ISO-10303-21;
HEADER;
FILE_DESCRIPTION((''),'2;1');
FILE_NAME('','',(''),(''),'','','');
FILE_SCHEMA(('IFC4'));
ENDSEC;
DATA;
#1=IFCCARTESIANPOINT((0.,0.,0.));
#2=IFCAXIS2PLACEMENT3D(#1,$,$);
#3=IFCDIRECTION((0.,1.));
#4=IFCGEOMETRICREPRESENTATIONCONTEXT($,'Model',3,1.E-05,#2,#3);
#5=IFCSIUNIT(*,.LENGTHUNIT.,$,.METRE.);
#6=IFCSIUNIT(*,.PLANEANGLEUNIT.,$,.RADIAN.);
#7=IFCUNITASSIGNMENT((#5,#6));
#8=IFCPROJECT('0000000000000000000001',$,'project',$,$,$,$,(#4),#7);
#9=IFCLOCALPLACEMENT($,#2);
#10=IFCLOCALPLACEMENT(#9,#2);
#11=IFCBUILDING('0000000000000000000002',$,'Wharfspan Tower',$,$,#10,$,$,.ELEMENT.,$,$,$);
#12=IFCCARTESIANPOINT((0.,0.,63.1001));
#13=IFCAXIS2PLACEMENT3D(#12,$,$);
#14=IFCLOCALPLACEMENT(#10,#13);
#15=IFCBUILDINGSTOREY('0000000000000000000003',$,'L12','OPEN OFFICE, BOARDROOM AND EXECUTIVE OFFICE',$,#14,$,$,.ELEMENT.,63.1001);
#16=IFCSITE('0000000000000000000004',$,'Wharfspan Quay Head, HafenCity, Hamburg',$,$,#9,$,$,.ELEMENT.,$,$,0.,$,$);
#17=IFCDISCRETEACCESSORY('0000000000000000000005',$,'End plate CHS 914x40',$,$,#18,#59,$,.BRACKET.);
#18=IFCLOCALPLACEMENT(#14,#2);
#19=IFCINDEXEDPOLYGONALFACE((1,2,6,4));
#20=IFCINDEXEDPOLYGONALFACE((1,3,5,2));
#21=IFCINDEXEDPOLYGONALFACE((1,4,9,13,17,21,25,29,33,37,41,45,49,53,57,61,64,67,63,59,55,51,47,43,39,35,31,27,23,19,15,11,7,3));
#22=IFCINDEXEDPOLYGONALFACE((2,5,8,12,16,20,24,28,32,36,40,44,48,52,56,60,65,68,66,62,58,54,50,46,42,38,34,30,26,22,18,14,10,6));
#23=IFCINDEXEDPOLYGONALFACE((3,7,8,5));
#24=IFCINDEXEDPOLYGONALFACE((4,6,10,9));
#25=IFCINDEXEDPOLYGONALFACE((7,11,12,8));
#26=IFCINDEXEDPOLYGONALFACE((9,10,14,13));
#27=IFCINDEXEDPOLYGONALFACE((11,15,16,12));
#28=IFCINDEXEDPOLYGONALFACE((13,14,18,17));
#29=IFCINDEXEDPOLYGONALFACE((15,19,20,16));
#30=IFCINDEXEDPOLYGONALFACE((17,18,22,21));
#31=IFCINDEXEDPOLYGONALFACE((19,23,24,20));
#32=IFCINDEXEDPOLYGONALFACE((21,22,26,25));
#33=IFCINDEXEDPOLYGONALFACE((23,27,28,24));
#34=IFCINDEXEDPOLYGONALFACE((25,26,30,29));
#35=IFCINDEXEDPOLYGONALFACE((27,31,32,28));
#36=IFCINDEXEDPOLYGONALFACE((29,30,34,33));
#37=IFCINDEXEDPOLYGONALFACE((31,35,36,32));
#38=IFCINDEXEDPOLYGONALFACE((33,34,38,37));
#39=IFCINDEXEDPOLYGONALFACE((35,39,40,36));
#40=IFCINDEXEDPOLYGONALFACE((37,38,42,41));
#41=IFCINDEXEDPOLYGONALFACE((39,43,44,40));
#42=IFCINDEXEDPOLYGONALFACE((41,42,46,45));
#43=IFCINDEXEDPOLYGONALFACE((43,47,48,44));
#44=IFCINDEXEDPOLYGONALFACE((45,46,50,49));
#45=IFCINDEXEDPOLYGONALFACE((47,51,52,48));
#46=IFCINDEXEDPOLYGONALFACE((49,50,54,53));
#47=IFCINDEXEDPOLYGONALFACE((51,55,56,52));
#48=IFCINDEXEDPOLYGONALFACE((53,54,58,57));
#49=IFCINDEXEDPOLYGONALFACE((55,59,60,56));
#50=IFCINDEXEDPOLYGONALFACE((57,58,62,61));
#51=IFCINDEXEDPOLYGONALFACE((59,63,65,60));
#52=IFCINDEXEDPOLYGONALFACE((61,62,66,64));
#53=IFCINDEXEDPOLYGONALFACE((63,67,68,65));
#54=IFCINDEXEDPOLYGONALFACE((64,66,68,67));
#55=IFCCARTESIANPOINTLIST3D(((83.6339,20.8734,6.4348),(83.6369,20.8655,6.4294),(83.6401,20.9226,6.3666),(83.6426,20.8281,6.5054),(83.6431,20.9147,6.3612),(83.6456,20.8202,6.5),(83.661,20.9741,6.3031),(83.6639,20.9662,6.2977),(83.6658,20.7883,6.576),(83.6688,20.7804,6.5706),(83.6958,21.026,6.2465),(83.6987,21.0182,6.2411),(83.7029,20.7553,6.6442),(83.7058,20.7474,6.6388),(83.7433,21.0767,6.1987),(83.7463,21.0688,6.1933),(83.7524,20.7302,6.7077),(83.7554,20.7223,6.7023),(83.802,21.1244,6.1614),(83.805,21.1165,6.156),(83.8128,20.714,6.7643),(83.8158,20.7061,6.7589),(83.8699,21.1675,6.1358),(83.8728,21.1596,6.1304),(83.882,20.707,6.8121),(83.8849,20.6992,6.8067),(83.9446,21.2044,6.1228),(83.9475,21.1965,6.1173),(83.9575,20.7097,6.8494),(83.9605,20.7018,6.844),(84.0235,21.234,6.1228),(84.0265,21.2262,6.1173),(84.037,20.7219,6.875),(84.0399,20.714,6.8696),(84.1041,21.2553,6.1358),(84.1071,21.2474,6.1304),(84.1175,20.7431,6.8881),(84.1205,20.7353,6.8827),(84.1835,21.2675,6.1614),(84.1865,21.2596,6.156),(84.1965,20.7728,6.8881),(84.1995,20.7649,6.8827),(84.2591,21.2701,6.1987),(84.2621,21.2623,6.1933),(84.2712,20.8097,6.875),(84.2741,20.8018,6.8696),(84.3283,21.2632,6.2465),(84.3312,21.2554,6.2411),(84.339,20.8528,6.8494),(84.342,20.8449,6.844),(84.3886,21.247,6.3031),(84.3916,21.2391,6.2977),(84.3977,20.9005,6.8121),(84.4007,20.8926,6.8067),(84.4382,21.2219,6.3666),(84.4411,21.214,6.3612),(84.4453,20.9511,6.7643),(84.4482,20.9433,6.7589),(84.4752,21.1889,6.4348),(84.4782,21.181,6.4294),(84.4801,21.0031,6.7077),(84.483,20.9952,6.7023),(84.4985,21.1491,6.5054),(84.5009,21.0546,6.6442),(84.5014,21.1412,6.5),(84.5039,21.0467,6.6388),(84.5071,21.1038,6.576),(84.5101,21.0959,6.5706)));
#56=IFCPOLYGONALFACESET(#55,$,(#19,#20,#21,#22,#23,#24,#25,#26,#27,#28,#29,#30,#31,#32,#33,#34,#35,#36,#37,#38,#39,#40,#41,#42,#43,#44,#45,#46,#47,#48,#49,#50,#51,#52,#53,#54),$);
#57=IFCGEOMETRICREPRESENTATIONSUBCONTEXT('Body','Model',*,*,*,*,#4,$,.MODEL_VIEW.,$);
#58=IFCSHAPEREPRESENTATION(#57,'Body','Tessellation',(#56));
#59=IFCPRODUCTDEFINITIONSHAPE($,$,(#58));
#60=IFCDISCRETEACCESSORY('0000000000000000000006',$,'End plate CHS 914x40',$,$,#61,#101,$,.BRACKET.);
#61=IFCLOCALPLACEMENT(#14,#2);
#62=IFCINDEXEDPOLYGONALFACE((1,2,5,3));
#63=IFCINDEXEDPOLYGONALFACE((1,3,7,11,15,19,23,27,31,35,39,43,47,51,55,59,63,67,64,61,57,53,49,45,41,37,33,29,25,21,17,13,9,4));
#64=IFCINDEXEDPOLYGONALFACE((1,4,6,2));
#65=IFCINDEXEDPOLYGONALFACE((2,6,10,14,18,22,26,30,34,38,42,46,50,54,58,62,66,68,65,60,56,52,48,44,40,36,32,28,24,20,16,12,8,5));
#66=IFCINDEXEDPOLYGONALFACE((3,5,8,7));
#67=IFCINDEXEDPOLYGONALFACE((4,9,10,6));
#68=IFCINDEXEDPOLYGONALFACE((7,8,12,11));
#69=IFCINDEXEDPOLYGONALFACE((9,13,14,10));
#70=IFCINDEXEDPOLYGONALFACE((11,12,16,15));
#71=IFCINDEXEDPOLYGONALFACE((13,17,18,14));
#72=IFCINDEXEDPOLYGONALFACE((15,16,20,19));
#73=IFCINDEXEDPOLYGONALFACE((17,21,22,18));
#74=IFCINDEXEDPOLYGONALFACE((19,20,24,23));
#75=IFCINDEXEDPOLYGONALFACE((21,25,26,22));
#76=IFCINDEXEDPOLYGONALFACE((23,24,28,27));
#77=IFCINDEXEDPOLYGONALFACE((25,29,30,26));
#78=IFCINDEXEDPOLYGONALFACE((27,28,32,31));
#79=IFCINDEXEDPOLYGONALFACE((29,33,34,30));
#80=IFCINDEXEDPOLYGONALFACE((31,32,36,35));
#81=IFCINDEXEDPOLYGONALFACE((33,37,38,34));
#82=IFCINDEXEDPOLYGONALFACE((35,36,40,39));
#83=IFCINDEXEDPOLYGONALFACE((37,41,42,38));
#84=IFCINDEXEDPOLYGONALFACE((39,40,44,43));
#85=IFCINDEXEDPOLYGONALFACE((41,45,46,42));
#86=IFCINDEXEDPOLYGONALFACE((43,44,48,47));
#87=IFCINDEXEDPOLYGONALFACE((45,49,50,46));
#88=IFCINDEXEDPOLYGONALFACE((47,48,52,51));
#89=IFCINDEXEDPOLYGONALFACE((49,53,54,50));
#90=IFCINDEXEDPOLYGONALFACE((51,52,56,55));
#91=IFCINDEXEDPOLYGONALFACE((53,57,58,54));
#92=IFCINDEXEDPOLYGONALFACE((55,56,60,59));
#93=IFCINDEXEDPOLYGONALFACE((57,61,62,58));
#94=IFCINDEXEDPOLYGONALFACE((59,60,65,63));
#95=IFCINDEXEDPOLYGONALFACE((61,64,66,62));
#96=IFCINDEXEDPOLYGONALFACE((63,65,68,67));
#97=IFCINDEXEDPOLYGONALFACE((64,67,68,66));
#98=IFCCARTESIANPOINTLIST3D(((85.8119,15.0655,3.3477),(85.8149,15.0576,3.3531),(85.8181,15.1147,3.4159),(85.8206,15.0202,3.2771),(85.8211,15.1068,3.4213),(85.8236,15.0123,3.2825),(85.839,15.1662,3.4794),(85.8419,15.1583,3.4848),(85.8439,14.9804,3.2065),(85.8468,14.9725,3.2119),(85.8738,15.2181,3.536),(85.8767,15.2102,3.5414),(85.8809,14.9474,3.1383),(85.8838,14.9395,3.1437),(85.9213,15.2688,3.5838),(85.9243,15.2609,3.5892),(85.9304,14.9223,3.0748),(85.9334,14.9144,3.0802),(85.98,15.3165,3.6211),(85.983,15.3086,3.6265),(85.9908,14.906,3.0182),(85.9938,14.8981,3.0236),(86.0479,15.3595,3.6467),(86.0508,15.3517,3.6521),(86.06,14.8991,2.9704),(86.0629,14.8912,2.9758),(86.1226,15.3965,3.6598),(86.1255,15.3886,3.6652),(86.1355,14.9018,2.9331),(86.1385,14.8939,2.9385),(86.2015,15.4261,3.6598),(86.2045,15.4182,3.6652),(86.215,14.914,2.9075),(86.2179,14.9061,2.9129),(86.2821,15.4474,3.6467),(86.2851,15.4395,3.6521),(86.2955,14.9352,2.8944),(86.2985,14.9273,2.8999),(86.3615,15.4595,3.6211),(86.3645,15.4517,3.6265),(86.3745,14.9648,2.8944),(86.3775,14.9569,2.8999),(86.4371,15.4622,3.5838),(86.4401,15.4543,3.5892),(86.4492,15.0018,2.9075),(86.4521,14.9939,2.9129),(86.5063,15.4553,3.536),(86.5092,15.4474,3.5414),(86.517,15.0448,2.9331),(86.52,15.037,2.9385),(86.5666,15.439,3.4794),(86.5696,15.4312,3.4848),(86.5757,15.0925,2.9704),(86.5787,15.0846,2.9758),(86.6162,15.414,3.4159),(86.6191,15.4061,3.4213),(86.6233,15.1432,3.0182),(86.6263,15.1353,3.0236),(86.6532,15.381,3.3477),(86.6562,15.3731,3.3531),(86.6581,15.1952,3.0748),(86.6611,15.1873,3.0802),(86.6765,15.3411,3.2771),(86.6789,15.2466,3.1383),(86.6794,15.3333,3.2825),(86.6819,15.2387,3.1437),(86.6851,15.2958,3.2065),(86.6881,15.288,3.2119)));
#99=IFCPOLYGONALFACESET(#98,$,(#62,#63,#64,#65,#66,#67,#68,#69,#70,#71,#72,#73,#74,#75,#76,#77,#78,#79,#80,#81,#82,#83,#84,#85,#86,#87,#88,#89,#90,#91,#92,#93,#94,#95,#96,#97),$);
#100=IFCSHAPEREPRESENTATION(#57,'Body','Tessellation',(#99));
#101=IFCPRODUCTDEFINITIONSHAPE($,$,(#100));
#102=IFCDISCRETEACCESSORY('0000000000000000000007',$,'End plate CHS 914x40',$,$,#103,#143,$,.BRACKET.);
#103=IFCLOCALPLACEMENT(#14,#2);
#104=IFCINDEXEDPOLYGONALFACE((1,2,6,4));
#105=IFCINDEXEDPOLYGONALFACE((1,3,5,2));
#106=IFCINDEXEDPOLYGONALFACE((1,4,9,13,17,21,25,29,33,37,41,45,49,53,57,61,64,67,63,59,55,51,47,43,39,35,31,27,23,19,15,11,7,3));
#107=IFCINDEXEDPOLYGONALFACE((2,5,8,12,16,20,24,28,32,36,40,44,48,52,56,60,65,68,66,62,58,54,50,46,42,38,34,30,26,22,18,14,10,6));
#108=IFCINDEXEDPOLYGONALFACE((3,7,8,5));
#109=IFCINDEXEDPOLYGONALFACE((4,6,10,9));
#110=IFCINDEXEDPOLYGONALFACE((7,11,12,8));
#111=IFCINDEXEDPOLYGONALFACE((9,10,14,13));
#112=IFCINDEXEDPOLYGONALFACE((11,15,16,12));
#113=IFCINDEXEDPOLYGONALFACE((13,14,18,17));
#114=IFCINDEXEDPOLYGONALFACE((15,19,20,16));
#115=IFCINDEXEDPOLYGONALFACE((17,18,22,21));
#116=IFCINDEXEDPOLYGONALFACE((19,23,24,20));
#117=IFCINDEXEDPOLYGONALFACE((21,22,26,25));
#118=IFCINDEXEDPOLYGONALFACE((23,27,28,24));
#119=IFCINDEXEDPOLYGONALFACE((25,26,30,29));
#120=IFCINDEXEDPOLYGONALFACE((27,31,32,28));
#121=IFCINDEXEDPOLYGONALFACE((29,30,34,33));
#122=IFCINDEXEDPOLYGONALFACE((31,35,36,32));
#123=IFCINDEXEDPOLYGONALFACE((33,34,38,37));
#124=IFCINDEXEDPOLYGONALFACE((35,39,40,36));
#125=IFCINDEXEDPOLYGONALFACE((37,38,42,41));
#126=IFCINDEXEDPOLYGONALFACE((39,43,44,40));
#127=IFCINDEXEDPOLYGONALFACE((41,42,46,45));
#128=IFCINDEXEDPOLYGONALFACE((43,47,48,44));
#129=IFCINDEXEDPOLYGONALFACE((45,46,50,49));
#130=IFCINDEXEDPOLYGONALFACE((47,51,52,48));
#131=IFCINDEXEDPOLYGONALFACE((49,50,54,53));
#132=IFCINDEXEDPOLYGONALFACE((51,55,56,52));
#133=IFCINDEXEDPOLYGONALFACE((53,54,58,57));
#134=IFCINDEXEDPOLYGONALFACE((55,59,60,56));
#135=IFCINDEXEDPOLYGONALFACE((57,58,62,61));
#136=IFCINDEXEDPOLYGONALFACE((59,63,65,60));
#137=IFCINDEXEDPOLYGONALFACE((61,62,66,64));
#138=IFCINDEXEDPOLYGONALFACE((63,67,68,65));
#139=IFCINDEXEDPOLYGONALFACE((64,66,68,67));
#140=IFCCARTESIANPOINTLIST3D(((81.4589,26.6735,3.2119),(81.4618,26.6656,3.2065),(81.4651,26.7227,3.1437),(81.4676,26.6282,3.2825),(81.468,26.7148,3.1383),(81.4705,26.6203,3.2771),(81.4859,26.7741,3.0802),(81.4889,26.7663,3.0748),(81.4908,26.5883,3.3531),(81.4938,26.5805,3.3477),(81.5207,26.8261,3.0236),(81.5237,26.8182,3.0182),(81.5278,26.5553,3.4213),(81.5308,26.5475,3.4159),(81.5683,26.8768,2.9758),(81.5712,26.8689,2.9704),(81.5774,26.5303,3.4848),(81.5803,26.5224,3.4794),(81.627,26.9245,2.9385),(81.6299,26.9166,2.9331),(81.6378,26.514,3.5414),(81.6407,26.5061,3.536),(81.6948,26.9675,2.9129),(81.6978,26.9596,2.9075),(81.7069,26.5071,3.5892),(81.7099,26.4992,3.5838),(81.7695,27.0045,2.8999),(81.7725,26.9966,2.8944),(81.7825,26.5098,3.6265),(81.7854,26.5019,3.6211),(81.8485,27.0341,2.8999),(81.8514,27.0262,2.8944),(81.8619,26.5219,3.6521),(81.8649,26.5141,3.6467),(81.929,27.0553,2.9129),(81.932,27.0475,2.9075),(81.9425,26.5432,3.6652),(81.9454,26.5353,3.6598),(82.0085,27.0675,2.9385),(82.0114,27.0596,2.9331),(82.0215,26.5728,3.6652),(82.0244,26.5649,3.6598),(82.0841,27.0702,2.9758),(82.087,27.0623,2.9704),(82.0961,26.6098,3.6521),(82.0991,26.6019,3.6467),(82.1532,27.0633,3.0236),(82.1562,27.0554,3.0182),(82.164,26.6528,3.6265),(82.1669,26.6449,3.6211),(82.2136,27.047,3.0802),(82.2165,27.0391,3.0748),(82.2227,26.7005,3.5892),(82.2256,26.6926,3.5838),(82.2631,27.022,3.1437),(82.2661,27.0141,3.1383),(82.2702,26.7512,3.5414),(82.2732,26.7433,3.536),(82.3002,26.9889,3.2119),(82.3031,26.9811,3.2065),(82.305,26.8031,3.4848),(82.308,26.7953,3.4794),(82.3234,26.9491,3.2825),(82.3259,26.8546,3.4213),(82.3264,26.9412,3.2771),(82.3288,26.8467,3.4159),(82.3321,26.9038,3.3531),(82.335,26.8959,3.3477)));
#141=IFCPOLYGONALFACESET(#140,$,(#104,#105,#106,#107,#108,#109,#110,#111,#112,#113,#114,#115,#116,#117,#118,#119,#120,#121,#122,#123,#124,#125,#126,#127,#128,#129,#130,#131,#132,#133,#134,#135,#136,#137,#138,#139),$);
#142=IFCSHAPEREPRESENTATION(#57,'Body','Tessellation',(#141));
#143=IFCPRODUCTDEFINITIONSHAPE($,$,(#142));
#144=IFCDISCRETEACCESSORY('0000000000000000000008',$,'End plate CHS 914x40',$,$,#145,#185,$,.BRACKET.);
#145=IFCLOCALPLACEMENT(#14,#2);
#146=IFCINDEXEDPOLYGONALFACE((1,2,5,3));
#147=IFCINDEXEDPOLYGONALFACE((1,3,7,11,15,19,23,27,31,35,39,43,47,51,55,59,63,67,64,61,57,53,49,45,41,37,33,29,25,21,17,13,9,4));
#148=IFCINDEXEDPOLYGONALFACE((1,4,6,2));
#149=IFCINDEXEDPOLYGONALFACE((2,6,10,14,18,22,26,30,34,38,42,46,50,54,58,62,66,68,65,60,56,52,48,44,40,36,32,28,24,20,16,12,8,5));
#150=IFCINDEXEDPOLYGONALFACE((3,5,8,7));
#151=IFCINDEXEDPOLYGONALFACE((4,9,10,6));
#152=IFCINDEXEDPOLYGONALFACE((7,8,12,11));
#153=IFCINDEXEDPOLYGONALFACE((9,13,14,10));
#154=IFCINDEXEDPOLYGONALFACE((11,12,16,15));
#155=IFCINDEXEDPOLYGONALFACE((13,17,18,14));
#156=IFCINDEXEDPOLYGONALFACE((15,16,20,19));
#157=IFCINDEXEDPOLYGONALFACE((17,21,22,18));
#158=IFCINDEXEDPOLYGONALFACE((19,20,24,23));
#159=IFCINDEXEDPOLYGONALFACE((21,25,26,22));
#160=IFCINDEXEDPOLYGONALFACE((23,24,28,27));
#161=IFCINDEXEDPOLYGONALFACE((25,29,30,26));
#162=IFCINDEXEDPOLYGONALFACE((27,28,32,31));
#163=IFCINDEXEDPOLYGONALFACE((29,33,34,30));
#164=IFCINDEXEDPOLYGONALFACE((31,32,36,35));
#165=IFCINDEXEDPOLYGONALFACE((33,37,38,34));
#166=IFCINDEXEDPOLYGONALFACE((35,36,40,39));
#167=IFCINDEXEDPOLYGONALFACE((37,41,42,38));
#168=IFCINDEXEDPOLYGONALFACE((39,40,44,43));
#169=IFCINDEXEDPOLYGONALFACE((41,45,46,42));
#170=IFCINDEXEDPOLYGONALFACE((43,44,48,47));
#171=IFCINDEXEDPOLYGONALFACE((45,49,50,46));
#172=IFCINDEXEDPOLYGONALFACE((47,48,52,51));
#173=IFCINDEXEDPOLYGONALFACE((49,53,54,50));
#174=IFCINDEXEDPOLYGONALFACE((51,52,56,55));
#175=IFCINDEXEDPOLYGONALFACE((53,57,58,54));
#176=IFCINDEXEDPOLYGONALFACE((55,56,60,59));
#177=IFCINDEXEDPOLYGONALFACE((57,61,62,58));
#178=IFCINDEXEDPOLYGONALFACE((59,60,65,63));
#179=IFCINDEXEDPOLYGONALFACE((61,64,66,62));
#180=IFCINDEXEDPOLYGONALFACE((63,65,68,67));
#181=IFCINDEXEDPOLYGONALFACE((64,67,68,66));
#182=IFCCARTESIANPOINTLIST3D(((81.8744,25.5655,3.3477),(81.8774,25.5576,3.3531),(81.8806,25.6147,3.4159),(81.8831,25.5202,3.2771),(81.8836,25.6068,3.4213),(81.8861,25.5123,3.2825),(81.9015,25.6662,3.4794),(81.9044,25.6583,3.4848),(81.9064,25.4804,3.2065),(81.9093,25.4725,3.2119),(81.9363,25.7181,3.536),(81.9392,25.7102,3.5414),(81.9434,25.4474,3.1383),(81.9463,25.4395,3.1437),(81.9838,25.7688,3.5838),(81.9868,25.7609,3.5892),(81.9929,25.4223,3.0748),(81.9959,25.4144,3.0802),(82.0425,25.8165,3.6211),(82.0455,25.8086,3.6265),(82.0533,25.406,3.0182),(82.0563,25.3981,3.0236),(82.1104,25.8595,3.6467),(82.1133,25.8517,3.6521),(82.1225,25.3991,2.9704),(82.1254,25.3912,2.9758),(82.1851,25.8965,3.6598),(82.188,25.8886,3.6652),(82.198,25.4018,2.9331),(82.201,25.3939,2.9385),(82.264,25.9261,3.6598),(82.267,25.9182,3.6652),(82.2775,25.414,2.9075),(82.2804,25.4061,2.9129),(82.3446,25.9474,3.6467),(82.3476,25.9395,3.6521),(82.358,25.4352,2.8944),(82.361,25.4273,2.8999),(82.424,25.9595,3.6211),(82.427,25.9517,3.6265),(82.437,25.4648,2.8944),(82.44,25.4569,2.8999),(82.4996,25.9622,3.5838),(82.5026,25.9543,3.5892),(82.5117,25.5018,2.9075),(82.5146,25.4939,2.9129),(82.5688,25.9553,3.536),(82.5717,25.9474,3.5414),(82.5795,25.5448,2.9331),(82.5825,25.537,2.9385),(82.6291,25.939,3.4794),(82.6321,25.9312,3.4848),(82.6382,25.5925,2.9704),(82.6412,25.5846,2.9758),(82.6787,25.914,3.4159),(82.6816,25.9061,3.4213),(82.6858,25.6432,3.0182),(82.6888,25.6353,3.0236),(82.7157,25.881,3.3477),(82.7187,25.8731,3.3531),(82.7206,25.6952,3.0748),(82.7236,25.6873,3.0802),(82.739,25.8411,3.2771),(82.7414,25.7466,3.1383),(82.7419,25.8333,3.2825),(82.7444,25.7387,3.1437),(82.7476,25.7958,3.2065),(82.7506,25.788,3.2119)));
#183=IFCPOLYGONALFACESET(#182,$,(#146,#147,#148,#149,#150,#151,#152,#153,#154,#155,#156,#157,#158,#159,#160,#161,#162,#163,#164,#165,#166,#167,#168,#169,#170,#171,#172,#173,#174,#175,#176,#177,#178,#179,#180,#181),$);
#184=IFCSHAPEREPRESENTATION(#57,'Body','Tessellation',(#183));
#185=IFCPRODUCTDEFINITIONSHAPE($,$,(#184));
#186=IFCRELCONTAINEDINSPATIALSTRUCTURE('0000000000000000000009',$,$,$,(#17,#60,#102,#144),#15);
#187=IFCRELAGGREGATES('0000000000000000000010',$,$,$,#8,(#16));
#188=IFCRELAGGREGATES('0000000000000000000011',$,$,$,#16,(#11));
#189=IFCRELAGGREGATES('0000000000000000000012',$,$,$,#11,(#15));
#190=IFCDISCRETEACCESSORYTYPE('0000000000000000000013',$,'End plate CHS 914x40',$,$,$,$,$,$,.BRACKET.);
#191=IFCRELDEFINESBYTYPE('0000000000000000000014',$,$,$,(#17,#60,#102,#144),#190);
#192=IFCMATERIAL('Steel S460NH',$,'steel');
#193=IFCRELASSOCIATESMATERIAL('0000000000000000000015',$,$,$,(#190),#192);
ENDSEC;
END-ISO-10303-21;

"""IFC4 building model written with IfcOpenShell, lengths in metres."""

from ifc_helpers import new_model, si_unit, direction, frame, origin, origin_2d, place, context, subcontext, project, spatial, circle, extrude, material, material_profile, profile_set, type_object, element, save


model = new_model("IFC4")

# Units and contexts
model_context = context("Model", 3, precision=1e-05, world=origin(), true_north=direction((0.0, 1.0)))
body_context = subcontext(model_context, "Body", "Model", "MODEL_VIEW")
ifc_project = project(units=[si_unit("LENGTHUNIT", "METRE"), si_unit("PLANEANGLEUNIT", "RADIAN")], contexts=[model_context])

# Site, building, storey
site_placement = place(None, origin())
site = spatial("IfcSite", under=ifc_project, at=site_placement, Name="Wharfspan Quay Head, HafenCity, Hamburg", CompositionType="ELEMENT", RefElevation=0.0)
building_placement = place(site_placement, origin())
building = spatial("IfcBuilding", under=site, at=building_placement, Name="Wharfspan Tower", CompositionType="ELEMENT")
storey_placement = place(building_placement, frame((0.0, 0.0, 63.1001)))
storey = spatial("IfcBuildingStorey", under=building, at=storey_placement, Name="L12", Description="OPEN OFFICE, BOARDROOM AND EXECUTIVE OFFICE", CompositionType="ELEMENT", Elevation=63.1001)

# Shared definitions
ifc_material_1 = material(Name="Steel S460NH", Category="steel")

# Discrete accessories
ifc_material_profile_1 = material_profile(ifc_material_1, circle(Radius=0.457, at=origin_2d()))
ifc_profile_set_1 = profile_set([ifc_material_profile_1], Name="Steel S460NH")
discrete_accessory_type = type_object("IfcDiscreteAccessoryType", Name="End plate CHS 914x40", PredefinedType="BRACKET", material=ifc_profile_set_1)
for number, where, z_axis, x_axis, name in (
    (1, (84.0735, 20.9807, 6.5), (-0.295241, 0.787309, 0.541275), (-0.936333, -0.351125, 0.0), "End plate CHS 914x40"),
    (2, (86.2485, 15.1807, 3.2771), (0.295241, -0.787309, 0.541275), (0.936333, 0.351125, 0.0), "End plate CHS 914x40"),
    (3, (81.8984, 26.7808, 3.2771), (-0.295241, 0.787309, 0.541275), (-0.936333, -0.351125, 0.0), "End plate CHS 914x40"),
    (4, (82.311, 25.6807, 3.2771), (0.295241, -0.787309, 0.541275), (0.936333, 0.351125, 0.0), "End plate CHS 914x40"),
):
    element("IfcDiscreteAccessory", number, at=place(storey_placement, frame(where, z_axis=z_axis, x_axis=x_axis)), inside=storey, type_object=discrete_accessory_type, Name=name, PredefinedType="BRACKET", context=body_context, shape_type="SweptSolid", body=[
        extrude(circle(Radius=0.457, at=origin_2d()), origin(), (0.0, 0.0, 1.0), 0.01),
    ])

save(model, "model.ifc")
